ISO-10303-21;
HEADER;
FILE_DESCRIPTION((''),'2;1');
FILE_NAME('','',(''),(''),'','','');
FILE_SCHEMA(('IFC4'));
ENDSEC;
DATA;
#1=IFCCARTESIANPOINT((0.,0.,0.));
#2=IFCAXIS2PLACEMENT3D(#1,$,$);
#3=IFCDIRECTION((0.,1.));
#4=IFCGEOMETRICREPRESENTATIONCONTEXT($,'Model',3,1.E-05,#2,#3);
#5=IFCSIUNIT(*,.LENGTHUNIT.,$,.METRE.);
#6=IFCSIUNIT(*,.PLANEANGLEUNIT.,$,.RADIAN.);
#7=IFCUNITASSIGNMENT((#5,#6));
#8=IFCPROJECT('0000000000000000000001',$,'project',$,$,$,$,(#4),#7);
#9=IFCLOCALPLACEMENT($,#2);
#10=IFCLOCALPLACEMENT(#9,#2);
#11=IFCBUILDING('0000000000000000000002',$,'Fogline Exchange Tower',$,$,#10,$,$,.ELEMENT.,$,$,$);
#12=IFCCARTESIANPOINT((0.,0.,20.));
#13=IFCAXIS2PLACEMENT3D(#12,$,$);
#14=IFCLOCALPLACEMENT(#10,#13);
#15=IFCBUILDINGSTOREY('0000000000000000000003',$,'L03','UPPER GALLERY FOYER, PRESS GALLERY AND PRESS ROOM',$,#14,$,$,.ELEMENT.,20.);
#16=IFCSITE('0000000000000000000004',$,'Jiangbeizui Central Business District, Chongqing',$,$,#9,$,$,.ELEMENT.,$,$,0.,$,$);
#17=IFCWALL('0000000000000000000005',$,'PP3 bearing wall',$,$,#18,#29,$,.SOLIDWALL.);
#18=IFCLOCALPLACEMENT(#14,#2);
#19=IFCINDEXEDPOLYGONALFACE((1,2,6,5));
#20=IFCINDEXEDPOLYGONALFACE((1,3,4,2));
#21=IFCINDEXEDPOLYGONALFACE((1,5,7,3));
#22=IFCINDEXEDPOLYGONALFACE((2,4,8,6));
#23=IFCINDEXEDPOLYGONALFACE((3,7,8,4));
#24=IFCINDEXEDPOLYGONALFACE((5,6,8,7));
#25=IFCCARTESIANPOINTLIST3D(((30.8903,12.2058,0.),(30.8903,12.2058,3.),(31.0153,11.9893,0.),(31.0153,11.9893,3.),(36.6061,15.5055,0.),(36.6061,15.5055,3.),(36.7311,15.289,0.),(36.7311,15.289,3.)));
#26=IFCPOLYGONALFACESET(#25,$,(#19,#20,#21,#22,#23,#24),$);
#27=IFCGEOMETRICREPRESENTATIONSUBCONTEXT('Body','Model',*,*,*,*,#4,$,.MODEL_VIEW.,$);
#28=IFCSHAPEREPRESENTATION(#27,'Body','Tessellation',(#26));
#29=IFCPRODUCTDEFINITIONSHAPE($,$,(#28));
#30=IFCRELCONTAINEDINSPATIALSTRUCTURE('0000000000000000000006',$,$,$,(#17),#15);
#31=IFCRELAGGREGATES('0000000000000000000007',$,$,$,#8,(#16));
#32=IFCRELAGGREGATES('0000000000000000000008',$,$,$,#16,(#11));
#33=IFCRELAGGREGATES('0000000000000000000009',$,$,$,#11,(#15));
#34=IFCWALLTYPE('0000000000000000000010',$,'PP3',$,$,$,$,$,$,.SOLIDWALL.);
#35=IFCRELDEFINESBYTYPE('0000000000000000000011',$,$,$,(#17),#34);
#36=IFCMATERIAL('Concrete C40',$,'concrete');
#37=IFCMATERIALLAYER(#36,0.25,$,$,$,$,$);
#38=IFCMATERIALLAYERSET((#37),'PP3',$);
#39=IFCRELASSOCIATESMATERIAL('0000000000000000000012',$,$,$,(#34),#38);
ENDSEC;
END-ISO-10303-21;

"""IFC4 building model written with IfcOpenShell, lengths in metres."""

from ifc_helpers import new_model, si_unit, direction, frame, frame_2d, origin, place, context, subcontext, project, spatial, rectangle, extrude, material, layer, layer_set, type_object, element, save


model = new_model("IFC4")

# Units and contexts
model_context = context("Model", 3, precision=1e-05, world=origin(), true_north=direction((0.0, 1.0)))
body_context = subcontext(model_context, "Body", "Model", "MODEL_VIEW")
ifc_project = project(units=[si_unit("LENGTHUNIT", "METRE"), si_unit("PLANEANGLEUNIT", "RADIAN")], contexts=[model_context])

# Site, building, storey
site_placement = place(None, origin())
site = spatial("IfcSite", under=ifc_project, at=site_placement, Name="Jiangbeizui Central Business District, Chongqing", CompositionType="ELEMENT", RefElevation=0.0)
building_placement = place(site_placement, origin())
building = spatial("IfcBuilding", under=site, at=building_placement, Name="Fogline Exchange Tower", CompositionType="ELEMENT")
storey_placement = place(building_placement, frame((0.0, 0.0, 20.0)))
storey = spatial("IfcBuildingStorey", under=building, at=storey_placement, Name="L03", Description="UPPER GALLERY FOYER, PRESS GALLERY AND PRESS ROOM", CompositionType="ELEMENT", Elevation=20.0)

# Wall
ifc_material_1 = material(Name="Concrete C40", Category="concrete")
ifc_layer_1 = layer(ifc_material_1, 0.25)
ifc_layer_set_1 = layer_set([ifc_layer_1], Name="PP3")
wall_type_1 = type_object("IfcWallType", Name="PP3", PredefinedType="SOLIDWALL", material=ifc_layer_set_1)
wall_1_placement = place(storey_placement, frame((36.6685, 15.3972, 0.0), z_axis=(0.0, 0.0, 1.0), x_axis=(-0.86604, -0.499974, 0.0)))
element("IfcWall", 1, at=wall_1_placement, inside=storey, type_object=wall_type_1, Name="PP3 bearing wall", PredefinedType="SOLIDWALL", context=body_context, shape_type="SweptSolid", body=[
    extrude(rectangle(XDim=6.5999, YDim=0.25, at=frame_2d((3.2998, 0.0))), origin(), (0.0, 0.0, 1.0), 3.0),
])

save(model, "model.ifc")
